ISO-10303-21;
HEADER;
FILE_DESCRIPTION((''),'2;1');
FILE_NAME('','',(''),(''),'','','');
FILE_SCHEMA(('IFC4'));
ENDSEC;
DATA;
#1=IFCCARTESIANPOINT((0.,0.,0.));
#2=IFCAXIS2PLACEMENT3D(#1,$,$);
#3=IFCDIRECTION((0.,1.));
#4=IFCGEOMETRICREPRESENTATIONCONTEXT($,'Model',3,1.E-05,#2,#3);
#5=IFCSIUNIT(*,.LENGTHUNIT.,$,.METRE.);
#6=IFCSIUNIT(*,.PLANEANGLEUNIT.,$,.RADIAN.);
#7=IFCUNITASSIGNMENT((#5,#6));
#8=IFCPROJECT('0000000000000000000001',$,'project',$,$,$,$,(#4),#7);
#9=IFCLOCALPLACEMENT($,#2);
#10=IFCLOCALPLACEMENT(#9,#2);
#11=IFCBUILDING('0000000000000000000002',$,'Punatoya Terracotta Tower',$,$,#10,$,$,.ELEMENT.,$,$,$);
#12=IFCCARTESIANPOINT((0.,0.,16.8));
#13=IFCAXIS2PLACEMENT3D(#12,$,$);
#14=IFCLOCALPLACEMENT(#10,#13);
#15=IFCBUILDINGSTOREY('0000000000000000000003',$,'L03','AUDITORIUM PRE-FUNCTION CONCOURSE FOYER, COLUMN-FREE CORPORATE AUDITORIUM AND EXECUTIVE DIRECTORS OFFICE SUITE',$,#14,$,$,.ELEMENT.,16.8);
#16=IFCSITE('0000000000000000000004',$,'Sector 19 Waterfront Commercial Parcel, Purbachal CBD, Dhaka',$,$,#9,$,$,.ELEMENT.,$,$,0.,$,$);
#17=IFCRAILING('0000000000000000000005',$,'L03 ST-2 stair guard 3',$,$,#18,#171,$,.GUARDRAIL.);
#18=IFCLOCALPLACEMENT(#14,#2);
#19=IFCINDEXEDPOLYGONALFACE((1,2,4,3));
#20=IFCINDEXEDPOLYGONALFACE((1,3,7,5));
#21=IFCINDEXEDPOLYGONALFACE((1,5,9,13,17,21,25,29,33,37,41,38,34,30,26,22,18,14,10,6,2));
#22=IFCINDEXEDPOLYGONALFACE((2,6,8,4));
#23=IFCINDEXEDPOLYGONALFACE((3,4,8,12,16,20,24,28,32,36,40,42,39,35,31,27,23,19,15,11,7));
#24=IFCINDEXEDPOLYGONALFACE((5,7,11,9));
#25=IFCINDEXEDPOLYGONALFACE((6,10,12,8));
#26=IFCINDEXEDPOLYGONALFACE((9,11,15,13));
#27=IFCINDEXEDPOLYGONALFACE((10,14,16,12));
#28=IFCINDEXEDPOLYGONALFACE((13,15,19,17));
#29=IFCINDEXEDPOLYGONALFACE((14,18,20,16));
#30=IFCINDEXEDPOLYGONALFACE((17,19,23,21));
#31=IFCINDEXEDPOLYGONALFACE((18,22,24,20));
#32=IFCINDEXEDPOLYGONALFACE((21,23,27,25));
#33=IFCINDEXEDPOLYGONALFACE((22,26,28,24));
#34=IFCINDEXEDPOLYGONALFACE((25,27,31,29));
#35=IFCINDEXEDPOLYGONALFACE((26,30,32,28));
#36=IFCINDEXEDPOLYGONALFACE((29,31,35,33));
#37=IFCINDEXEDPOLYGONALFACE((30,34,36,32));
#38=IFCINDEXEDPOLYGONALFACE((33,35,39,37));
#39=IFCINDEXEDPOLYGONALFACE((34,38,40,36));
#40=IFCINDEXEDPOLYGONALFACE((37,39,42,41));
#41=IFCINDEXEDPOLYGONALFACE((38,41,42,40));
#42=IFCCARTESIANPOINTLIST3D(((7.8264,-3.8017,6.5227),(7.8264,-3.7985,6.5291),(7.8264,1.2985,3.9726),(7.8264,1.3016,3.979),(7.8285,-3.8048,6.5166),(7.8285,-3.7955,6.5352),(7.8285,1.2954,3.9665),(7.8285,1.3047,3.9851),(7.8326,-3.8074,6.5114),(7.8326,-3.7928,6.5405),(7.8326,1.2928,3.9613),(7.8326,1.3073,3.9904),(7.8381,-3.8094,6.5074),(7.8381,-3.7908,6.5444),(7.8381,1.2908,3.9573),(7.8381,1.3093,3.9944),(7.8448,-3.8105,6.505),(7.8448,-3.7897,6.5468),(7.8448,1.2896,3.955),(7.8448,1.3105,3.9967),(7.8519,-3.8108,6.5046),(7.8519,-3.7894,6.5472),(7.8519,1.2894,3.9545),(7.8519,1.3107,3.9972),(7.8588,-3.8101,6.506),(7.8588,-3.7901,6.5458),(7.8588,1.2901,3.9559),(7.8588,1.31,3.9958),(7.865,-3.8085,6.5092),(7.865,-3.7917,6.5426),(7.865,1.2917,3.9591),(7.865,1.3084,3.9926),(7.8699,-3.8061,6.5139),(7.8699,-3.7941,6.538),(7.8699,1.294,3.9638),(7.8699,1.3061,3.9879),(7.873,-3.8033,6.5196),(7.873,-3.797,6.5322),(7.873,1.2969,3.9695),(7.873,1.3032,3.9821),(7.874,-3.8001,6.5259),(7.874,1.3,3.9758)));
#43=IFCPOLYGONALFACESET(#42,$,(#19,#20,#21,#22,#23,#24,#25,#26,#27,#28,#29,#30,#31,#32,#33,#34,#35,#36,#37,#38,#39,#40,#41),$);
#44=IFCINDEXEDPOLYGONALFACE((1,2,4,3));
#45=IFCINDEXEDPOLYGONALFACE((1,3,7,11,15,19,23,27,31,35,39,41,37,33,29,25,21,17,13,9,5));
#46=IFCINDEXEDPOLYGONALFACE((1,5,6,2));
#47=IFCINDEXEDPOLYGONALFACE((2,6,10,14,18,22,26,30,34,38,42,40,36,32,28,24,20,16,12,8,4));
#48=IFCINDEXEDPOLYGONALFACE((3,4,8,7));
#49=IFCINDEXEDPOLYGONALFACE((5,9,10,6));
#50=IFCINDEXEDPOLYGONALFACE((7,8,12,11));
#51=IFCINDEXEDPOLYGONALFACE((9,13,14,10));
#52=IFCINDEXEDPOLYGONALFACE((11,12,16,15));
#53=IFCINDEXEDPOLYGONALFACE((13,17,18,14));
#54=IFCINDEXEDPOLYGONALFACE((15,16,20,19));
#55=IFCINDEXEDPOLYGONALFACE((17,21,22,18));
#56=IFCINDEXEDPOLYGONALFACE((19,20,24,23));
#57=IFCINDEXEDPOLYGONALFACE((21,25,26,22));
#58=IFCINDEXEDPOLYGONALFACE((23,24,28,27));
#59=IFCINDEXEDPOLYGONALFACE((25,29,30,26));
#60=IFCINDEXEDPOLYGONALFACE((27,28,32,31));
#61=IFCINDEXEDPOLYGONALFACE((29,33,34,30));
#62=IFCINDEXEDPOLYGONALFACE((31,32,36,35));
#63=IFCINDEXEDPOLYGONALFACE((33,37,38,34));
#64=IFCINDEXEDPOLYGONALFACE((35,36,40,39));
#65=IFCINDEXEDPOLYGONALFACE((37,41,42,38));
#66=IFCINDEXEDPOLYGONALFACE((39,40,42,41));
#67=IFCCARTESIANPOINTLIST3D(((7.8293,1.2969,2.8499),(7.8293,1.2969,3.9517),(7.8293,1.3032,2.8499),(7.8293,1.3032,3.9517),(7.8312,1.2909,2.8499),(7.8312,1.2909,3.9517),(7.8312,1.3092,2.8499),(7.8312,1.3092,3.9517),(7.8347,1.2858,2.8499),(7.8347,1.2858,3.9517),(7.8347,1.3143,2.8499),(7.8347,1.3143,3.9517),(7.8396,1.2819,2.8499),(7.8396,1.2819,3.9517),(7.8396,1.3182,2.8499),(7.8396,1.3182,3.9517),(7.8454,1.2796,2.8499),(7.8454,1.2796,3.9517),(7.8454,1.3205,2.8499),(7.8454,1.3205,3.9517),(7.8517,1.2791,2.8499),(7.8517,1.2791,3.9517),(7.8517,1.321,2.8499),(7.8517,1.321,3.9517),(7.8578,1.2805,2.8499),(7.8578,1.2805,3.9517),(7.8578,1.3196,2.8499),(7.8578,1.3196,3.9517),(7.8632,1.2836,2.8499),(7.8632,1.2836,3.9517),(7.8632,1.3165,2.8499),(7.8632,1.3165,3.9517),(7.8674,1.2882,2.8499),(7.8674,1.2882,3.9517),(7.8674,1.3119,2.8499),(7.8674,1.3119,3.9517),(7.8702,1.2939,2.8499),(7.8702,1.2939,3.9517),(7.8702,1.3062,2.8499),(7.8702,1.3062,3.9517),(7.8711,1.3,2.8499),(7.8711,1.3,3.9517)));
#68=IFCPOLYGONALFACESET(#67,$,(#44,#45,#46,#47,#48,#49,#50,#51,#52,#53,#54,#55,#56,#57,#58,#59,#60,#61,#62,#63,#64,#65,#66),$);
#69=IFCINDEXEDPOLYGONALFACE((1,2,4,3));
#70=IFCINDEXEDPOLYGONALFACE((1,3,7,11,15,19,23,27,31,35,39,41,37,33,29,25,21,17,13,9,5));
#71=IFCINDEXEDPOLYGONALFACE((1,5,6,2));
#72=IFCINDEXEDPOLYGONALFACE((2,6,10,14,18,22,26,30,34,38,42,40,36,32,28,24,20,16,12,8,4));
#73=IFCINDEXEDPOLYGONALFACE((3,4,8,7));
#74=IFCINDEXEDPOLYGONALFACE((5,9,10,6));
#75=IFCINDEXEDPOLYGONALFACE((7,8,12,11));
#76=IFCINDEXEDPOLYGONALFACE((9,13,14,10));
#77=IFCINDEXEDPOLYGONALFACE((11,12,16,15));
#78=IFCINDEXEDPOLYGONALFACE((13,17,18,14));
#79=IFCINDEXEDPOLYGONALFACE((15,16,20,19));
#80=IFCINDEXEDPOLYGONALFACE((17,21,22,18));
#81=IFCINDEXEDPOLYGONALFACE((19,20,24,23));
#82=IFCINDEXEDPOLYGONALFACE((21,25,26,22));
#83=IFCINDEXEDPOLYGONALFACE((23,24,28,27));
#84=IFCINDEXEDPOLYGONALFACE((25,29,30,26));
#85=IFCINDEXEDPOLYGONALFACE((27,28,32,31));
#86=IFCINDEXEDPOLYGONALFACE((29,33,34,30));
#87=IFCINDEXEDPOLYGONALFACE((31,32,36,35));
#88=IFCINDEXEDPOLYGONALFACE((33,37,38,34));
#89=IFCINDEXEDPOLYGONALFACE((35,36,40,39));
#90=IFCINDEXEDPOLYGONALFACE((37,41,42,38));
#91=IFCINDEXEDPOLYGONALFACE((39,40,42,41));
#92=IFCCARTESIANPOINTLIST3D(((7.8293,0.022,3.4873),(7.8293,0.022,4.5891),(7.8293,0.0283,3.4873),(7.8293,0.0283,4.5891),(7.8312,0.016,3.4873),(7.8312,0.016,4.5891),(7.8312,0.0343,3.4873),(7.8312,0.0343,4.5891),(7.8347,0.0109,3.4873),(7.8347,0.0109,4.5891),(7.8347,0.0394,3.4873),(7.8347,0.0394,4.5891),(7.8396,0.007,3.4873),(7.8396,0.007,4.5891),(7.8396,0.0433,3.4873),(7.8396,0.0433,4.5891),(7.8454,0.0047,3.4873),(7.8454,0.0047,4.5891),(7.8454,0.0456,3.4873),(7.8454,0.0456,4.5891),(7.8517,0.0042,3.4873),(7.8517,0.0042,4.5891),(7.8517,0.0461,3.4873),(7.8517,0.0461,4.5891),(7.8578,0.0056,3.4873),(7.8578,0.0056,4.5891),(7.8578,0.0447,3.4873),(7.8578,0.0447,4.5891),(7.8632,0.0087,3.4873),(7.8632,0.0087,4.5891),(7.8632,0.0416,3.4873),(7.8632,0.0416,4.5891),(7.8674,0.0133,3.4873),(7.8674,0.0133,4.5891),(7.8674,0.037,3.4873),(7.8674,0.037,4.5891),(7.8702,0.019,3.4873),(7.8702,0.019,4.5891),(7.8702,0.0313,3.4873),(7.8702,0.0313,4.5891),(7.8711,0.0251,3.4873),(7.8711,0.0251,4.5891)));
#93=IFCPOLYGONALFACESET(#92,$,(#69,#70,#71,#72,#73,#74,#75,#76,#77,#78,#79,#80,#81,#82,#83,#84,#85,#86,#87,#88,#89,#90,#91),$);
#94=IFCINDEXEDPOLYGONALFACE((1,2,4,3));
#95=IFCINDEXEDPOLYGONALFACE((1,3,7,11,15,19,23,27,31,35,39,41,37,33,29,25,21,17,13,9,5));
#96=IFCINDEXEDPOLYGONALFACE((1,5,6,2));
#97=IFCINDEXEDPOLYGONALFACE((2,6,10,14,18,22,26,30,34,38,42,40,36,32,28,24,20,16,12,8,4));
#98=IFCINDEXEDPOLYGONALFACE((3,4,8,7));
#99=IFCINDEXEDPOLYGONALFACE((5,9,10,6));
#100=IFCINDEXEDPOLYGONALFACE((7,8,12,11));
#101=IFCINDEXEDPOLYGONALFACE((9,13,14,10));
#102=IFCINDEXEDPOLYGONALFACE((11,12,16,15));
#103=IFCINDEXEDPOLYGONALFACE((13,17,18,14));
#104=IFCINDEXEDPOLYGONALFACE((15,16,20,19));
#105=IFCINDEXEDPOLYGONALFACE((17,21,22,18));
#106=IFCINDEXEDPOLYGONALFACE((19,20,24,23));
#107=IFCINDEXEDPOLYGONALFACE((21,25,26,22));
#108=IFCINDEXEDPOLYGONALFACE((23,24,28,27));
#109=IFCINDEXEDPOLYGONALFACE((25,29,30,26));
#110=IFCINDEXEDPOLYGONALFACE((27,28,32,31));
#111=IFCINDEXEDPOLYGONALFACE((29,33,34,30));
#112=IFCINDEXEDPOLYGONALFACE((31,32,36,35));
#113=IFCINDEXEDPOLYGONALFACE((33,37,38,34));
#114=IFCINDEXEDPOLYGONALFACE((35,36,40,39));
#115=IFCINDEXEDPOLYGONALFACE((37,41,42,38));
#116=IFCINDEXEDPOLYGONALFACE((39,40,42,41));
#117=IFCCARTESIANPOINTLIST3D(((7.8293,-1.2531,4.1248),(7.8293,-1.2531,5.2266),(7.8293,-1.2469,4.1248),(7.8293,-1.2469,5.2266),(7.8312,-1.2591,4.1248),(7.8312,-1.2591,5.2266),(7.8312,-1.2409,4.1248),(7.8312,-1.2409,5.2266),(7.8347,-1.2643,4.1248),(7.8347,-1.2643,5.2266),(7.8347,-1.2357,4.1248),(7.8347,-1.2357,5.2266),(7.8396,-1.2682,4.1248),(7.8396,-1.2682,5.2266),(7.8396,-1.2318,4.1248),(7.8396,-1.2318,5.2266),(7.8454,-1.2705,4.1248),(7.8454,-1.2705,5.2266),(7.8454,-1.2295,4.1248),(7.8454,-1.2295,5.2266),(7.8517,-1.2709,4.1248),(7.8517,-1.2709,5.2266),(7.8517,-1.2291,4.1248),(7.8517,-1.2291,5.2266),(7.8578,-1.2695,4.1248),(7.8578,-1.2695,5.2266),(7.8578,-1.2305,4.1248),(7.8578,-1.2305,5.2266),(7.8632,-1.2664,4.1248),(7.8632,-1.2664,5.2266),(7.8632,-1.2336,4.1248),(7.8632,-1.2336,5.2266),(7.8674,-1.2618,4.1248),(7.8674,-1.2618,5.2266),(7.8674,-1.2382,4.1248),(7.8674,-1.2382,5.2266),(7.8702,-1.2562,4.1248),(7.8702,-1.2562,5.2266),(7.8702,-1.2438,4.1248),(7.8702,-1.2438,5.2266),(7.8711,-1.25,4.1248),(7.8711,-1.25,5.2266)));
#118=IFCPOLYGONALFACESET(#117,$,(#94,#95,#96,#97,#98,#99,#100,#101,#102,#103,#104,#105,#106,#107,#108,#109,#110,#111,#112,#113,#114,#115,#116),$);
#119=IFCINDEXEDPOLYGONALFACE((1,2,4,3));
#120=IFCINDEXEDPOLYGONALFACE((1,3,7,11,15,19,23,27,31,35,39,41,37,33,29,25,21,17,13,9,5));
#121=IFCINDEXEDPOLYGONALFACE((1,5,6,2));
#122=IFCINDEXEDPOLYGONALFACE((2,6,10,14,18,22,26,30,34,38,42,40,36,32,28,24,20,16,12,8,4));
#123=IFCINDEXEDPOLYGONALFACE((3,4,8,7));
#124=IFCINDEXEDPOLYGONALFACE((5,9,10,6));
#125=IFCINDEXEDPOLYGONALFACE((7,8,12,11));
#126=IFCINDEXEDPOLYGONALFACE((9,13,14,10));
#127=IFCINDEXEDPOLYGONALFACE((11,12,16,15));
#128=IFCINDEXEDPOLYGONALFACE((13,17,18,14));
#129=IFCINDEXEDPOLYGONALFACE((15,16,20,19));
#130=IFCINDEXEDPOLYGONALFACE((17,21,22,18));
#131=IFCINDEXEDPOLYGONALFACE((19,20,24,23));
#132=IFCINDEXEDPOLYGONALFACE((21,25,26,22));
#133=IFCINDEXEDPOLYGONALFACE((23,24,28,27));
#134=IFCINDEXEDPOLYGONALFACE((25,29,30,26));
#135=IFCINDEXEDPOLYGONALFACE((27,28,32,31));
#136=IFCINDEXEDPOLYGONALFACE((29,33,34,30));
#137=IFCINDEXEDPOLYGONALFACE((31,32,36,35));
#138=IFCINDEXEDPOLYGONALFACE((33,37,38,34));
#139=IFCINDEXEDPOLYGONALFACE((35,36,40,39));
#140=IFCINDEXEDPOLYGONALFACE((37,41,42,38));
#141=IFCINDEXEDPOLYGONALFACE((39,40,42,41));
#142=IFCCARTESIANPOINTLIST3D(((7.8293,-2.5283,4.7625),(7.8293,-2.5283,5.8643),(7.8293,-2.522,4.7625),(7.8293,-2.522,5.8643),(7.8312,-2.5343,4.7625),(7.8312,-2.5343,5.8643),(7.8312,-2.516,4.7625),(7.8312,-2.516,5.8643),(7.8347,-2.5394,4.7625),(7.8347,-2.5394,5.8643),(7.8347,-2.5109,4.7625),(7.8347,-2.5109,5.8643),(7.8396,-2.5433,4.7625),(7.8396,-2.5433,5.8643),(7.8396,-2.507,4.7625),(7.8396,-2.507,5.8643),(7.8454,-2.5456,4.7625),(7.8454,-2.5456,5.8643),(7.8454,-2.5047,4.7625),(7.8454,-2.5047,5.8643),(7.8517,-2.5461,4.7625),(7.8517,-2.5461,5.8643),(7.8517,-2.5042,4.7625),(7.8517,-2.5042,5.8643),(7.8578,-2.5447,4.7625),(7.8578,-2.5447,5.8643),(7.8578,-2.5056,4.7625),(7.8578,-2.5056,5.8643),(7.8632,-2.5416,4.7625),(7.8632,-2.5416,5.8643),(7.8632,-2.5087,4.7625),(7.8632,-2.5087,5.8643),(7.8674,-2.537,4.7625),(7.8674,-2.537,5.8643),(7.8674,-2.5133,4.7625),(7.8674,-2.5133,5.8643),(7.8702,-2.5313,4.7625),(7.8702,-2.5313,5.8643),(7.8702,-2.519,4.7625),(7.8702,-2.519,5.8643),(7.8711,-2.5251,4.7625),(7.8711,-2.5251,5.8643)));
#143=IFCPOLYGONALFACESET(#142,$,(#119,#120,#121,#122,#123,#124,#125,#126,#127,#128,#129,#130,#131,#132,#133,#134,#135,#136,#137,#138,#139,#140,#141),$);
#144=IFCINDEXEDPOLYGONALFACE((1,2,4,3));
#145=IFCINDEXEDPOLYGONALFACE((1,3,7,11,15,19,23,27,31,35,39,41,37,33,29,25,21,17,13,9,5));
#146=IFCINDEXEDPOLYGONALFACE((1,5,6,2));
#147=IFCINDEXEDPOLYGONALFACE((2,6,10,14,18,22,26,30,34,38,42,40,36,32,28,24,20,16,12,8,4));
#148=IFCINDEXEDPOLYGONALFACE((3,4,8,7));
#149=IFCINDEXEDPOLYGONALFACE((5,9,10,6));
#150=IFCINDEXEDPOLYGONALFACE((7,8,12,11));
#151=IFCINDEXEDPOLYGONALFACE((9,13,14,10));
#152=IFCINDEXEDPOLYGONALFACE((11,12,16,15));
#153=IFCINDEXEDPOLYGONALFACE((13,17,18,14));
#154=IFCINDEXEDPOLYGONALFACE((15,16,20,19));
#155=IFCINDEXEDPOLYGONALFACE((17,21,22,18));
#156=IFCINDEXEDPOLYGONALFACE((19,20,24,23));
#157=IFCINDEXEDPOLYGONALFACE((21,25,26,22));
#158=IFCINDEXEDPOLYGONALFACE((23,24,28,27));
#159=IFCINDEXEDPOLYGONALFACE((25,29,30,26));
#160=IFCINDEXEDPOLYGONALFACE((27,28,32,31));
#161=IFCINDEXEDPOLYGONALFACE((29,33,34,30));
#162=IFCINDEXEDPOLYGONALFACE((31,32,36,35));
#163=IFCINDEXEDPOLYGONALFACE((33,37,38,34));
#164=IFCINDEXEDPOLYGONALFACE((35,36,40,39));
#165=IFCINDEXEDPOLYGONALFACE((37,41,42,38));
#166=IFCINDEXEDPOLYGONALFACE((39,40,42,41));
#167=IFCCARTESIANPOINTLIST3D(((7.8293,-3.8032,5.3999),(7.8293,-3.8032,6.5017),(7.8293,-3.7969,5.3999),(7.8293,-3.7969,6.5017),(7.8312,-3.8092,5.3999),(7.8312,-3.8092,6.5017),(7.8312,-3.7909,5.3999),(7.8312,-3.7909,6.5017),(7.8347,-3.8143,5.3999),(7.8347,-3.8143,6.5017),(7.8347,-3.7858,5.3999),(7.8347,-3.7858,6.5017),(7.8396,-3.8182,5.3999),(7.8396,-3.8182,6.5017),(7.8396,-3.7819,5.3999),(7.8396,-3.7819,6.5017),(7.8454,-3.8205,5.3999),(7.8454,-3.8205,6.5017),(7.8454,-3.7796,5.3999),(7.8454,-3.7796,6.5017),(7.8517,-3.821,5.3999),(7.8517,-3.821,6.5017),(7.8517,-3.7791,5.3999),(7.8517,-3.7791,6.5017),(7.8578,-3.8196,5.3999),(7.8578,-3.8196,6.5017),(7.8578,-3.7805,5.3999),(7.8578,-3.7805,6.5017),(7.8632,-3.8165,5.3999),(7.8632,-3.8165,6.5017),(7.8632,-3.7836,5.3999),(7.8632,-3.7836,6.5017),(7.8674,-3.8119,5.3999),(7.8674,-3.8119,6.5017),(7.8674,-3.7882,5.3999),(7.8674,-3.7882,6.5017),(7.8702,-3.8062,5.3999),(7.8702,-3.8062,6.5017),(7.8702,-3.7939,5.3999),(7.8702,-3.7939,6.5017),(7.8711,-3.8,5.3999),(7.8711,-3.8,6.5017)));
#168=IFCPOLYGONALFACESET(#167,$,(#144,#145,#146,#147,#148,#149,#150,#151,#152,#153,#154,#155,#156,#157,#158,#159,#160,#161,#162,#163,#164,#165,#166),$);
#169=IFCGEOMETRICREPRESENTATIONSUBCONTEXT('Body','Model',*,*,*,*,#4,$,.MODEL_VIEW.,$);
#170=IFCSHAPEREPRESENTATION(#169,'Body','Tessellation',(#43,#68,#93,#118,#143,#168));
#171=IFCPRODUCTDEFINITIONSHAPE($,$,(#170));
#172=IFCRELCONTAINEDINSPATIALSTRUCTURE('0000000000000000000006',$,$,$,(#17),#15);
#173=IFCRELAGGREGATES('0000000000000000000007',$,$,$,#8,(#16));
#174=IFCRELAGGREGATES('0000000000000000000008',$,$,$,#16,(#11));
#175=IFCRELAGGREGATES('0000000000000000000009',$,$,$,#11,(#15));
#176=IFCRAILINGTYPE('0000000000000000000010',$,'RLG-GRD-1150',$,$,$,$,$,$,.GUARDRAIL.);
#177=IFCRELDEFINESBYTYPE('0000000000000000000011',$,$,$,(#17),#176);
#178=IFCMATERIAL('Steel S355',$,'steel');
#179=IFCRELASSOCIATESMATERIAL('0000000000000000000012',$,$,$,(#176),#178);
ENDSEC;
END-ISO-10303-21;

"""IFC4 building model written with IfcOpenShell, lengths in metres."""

from ifc_helpers import new_model, si_unit, direction, frame, origin, origin_2d, place, context, subcontext, project, spatial, circle, extrude, material, type_object, element, save


model = new_model("IFC4")

# Units and contexts
model_context = context("Model", 3, precision=1e-05, world=origin(), true_north=direction((0.0, 1.0)))
body_context = subcontext(model_context, "Body", "Model", "MODEL_VIEW")
ifc_project = project(units=[si_unit("LENGTHUNIT", "METRE"), si_unit("PLANEANGLEUNIT", "RADIAN")], contexts=[model_context])

# Site, building, storey
site_placement = place(None, origin())
site = spatial("IfcSite", under=ifc_project, at=site_placement, Name="Sector 19 Waterfront Commercial Parcel, Purbachal CBD, Dhaka", CompositionType="ELEMENT", RefElevation=0.0)
building_placement = place(site_placement, origin())
building = spatial("IfcBuilding", under=site, at=building_placement, Name="Punatoya Terracotta Tower", CompositionType="ELEMENT")
storey_placement = place(building_placement, frame((0.0, 0.0, 16.8)))
storey = spatial("IfcBuildingStorey", under=building, at=storey_placement, Name="L03", Description="AUDITORIUM PRE-FUNCTION CONCOURSE FOYER, COLUMN-FREE CORPORATE AUDITORIUM AND EXECUTIVE DIRECTORS OFFICE SUITE", CompositionType="ELEMENT", Elevation=16.8)

# Shared definitions
ifc_material_1 = material(Name="Steel S355", Category="steel")

# Railing
railing_type_1 = type_object("IfcRailingType", Name="RLG-GRD-1150", PredefinedType="GUARDRAIL", material=ifc_material_1)
railing_1_placement = place(storey_placement, frame((7.8501, 1.3, 2.8499)))
element("IfcRailing", 1, at=railing_1_placement, inside=storey, type_object=railing_type_1, Name="L03 ST-2 stair guard 3", PredefinedType="GUARDRAIL", context=body_context, shape_type="SweptSolid", body=[
    extrude(circle(Radius=0.0239, at=origin_2d()), frame((0.0, 0.0, 1.126), z_axis=(0.0, -0.894427, 0.447214), x_axis=(1.0, 0.0, 0.0)), (0.0, 0.0, 1.0), 5.7021),
    extrude(circle(Radius=0.021, at=origin_2d()), origin(), (0.0, 0.0, 1.0), 1.1018),
    extrude(circle(Radius=0.021, at=origin_2d()), frame((0.0, -1.2749, 0.6375)), (0.0, 0.0, 1.0), 1.1018),
    extrude(circle(Radius=0.021, at=origin_2d()), frame((0.0, -2.55, 1.2749)), (0.0, 0.0, 1.0), 1.1018),
    extrude(circle(Radius=0.021, at=origin_2d()), frame((0.0, -3.8252, 1.9126)), (0.0, 0.0, 1.0), 1.1018),
    extrude(circle(Radius=0.021, at=origin_2d()), frame((0.0, -5.1001, 2.55)), (0.0, 0.0, 1.0), 1.1018),
])

save(model, "model.ifc")
